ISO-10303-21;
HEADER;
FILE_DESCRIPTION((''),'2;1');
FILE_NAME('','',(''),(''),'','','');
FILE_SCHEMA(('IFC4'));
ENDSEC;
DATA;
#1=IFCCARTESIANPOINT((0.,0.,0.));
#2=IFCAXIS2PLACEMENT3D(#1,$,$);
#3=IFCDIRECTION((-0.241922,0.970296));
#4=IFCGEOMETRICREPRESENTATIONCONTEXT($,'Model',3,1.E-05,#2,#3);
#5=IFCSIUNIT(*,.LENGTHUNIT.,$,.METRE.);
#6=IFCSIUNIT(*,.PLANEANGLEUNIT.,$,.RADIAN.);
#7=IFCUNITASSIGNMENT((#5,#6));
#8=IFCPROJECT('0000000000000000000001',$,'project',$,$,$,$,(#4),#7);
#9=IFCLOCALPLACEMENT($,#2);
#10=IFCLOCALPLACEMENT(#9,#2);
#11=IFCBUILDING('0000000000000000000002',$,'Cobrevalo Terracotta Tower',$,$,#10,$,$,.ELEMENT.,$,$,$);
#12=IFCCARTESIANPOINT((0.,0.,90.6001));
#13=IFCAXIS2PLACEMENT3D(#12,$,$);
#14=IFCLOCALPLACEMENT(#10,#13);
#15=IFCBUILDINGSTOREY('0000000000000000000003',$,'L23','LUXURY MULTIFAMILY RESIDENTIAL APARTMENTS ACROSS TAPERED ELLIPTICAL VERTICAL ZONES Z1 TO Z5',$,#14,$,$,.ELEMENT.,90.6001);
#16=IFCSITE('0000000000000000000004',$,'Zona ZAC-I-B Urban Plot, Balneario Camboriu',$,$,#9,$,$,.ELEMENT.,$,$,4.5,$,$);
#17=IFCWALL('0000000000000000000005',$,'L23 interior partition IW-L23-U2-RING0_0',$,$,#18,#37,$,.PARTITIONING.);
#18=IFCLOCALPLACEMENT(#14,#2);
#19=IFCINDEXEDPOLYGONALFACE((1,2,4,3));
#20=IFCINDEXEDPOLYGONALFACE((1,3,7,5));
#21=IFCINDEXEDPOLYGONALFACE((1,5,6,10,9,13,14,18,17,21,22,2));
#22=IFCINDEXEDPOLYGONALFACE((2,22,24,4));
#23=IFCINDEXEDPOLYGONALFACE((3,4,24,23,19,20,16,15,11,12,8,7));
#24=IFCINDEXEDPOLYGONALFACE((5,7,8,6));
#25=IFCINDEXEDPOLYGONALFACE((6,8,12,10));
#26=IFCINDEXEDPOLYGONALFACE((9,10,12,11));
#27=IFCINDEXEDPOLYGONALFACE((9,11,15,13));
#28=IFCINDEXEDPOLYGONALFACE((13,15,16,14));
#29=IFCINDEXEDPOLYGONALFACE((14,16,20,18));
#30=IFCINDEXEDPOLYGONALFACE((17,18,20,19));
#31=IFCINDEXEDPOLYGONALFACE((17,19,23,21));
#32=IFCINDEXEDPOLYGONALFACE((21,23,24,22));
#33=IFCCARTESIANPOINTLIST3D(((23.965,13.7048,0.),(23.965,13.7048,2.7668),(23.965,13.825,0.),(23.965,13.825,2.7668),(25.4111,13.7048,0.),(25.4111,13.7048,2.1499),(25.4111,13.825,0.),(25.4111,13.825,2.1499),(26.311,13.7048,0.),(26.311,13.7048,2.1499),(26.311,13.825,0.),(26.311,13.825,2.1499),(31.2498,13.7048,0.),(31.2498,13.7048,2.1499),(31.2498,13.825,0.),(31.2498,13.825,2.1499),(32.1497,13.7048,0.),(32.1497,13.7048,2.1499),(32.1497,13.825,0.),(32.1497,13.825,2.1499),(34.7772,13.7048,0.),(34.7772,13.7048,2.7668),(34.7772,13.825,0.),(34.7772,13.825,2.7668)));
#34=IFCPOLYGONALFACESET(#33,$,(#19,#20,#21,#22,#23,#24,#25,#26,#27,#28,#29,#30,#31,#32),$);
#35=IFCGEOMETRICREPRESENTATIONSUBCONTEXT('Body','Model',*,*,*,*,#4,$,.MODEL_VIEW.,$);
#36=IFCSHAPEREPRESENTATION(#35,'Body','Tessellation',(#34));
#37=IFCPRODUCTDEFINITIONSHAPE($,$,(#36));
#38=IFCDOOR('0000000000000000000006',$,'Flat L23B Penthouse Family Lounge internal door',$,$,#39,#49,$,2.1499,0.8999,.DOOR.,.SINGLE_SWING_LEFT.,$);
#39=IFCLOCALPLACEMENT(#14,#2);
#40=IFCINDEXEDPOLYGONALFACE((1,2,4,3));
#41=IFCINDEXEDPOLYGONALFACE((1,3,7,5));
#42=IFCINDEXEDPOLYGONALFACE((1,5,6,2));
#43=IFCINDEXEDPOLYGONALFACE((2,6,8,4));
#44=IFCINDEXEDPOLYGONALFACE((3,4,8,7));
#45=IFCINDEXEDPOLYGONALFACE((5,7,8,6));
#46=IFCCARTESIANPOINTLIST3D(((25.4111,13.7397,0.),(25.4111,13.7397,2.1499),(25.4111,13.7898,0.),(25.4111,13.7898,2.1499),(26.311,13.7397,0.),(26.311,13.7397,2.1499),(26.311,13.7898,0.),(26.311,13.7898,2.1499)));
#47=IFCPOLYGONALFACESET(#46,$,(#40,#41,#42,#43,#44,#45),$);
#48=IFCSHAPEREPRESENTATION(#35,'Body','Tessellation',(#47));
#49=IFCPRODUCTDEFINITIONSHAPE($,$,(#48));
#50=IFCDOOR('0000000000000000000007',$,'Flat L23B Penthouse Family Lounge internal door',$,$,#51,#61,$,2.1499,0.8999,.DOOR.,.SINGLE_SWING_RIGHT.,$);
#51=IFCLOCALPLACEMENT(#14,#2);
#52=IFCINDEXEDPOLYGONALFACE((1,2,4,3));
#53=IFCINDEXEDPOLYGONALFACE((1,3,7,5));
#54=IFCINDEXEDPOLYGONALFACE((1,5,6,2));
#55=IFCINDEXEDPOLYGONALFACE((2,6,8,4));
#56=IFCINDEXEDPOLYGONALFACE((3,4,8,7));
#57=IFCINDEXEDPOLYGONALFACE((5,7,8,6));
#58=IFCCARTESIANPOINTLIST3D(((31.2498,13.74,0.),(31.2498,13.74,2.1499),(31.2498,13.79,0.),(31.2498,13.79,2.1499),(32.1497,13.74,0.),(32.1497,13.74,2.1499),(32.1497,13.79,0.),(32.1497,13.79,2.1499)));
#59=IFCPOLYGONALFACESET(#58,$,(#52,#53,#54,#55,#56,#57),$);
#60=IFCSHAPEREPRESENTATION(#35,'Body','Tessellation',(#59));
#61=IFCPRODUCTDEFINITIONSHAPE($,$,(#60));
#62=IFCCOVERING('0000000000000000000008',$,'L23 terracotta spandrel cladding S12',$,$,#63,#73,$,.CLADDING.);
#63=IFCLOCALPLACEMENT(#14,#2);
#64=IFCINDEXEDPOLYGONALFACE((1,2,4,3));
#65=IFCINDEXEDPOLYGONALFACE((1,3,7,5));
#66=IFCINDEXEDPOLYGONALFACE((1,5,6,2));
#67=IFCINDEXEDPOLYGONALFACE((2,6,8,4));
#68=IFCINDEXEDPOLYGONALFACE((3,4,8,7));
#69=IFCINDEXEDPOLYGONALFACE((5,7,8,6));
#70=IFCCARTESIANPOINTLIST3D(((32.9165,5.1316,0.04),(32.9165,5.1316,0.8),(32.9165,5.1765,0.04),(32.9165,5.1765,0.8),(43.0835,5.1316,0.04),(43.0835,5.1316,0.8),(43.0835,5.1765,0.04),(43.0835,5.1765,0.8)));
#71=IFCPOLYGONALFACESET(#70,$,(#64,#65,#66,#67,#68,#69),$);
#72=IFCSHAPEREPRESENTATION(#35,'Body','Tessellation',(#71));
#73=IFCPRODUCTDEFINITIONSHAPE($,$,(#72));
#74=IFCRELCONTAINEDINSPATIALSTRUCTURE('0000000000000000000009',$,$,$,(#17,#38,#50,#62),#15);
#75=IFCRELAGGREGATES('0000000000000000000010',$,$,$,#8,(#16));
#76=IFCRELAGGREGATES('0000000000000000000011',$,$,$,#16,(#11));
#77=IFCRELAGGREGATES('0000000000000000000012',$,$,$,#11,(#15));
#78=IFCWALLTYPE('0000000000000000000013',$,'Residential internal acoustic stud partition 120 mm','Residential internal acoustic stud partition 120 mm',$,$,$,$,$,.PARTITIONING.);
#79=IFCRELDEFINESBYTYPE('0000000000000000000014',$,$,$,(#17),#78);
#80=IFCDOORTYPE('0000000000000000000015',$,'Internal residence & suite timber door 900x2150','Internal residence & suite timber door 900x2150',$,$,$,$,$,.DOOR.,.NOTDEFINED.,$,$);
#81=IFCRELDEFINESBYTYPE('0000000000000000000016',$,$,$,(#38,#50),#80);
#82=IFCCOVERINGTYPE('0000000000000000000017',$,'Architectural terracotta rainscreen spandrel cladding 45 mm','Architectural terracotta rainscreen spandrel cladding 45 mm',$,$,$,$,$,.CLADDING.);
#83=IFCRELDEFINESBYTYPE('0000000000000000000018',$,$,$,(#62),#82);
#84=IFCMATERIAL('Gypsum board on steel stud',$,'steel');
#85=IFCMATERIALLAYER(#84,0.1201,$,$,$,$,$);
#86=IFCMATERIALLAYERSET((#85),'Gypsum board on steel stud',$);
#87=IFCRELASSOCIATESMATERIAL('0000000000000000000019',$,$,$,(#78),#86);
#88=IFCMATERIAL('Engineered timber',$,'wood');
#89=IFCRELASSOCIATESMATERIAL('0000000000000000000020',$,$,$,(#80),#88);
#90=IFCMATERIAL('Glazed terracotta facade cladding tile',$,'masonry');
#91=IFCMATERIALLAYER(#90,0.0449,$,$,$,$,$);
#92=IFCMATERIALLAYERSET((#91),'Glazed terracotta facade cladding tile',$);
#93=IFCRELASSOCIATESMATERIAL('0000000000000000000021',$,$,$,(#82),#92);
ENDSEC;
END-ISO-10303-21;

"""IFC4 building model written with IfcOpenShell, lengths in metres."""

from ifc_helpers import new_model, si_unit, direction, frame, frame_2d, origin, origin_2d, place, context, subcontext, project, spatial, rectangle, extrude, source, transform, mapped, material, layer, layer_set, type_object, element, fill, save


model = new_model("IFC4")

# Units and contexts
model_context = context("Model", 3, precision=1e-05, world=origin(), true_north=direction((-0.241922, 0.970296)))
body_context = subcontext(model_context, "Body", "Model", "MODEL_VIEW")
ifc_project = project(units=[si_unit("LENGTHUNIT", "METRE"), si_unit("PLANEANGLEUNIT", "RADIAN")], contexts=[model_context])

# Site, building, storey
site_placement = place(None, origin())
site = spatial("IfcSite", under=ifc_project, at=site_placement, Name="Zona ZAC-I-B Urban Plot, Balneario Camboriu", CompositionType="ELEMENT", RefElevation=4.5)
building_placement = place(site_placement, origin())
building = spatial("IfcBuilding", under=site, at=building_placement, Name="Cobrevalo Terracotta Tower", CompositionType="ELEMENT")
storey_placement = place(building_placement, frame((0.0, 0.0, 90.6001)))
storey = spatial("IfcBuildingStorey", under=building, at=storey_placement, Name="L23", Description="LUXURY MULTIFAMILY RESIDENTIAL APARTMENTS ACROSS TAPERED ELLIPTICAL VERTICAL ZONES Z1 TO Z5", CompositionType="ELEMENT", Elevation=90.6001)

# Wall, openings, doors
ifc_material_1 = material(Name="Gypsum board on steel stud", Category="steel")
ifc_layer_1 = layer(ifc_material_1, 0.1201)
ifc_layer_set_1 = layer_set([ifc_layer_1], Name="Gypsum board on steel stud")
wall_type_1 = type_object("IfcWallType", Name="Residential internal acoustic stud partition 120 mm", Description="Residential internal acoustic stud partition 120 mm", PredefinedType="PARTITIONING", material=ifc_layer_set_1)
wall_1_placement = place(storey_placement, frame((34.7773, 13.7649, 0.0), z_axis=(0.0, 0.0, 1.0), x_axis=(-1.0, 0.0, 0.0)))
wall_1 = element("IfcWall", 1, at=wall_1_placement, inside=storey, type_object=wall_type_1, Name="L23 interior partition IW-L23-U2-RING0_0", PredefinedType="PARTITIONING", context=body_context, shape_type="SweptSolid", body=[
    extrude(rectangle(XDim=10.8123, YDim=0.1201, at=frame_2d((5.4062, 0.0))), origin(), (0.0, 0.0, 1.0), 2.7668),
])
opening_1_placement = place(wall_1_placement, frame((8.4663, 0.0, 0.0)))
opening_1 = element("IfcOpeningElement", 2, at=opening_1_placement, cuts=wall_1, PredefinedType="OPENING", context=body_context, shape_type="SweptSolid", body=[
    extrude(rectangle(XDim=0.8999, YDim=2.1499, at=frame_2d((0.45, 1.075))), frame((0.0, 0.0701, 0.0), z_axis=(0.0, -1.0, 0.0), x_axis=(1.0, 0.0, 0.0)), (0.0, 0.0, 1.0), 0.1401),
])
opening_2_placement = place(wall_1_placement, frame((2.6277, 0.0, 0.0)))
opening_2 = element("IfcOpeningElement", 3, at=opening_2_placement, cuts=wall_1, PredefinedType="OPENING", context=body_context, shape_type="SweptSolid", body=[
    extrude(rectangle(XDim=0.8999, YDim=2.1499, at=frame_2d((0.45, 1.075))), frame((0.0, 0.0701, 0.0), z_axis=(0.0, -1.0, 0.0), x_axis=(1.0, 0.0, 0.0)), (0.0, 0.0, 1.0), 0.1401),
])
ifc_material_2 = material(Name="Engineered timber", Category="wood")
door_type_1 = type_object("IfcDoorType", Name="Internal residence & suite timber door 900x2150", Description="Internal residence & suite timber door 900x2150", OperationType="NOTDEFINED", PredefinedType="DOOR", material=ifc_material_2)
shared_shape_1 = source(origin(), body_context, "Body", "SweptSolid", [
    extrude(rectangle(XDim=0.8999, YDim=2.1499, at=frame_2d((0.45, 1.075))), frame((0.0, 0.0249, 0.0), z_axis=(0.0, -1.0, 0.0), x_axis=(1.0, 0.0, 0.0)), (0.0, 0.0, 1.0), 0.05),
])
door_1_placement = place(opening_1_placement, frame((0.8999, 0.0, 0.0), z_axis=(0.0, 0.0, 1.0), x_axis=(-1.0, 0.0, 0.0)))
door_1 = element("IfcDoor", 4, at=door_1_placement, inside=storey, type_object=door_type_1, Name="Flat L23B Penthouse Family Lounge internal door", OperationType="SINGLE_SWING_LEFT", OverallHeight=2.1499, OverallWidth=0.8999, PredefinedType="DOOR", context=body_context, shape_type="MappedRepresentation", body=[
    mapped(shared_shape_1, transform((0.0, 0.0, 0.0), scale=1.0)),
])
fill(opening_1, door_1)
door_2_placement = place(opening_2_placement, origin())
door_2 = element("IfcDoor", 5, at=door_2_placement, inside=storey, type_object=door_type_1, Name="Flat L23B Penthouse Family Lounge internal door", OperationType="SINGLE_SWING_RIGHT", OverallHeight=2.1499, OverallWidth=0.8999, PredefinedType="DOOR", context=body_context, shape_type="MappedRepresentation", body=[
    mapped(shared_shape_1, transform((0.0, 0.0, 0.0), scale=1.0)),
])
fill(opening_2, door_2)

# Covering
ifc_material_3 = material(Name="Glazed terracotta facade cladding tile", Category="masonry")
ifc_layer_2 = layer(ifc_material_3, 0.0449)
ifc_layer_set_2 = layer_set([ifc_layer_2], Name="Glazed terracotta facade cladding tile")
covering_type = type_object("IfcCoveringType", Name="Architectural terracotta rainscreen spandrel cladding 45 mm", Description="Architectural terracotta rainscreen spandrel cladding 45 mm", PredefinedType="CLADDING", material=ifc_layer_set_2)
shared_shape_2 = source(origin(), body_context, "Body", "SweptSolid", [
    extrude(rectangle(XDim=10.167, YDim=0.0449, at=origin_2d()), origin(), (0.0, 0.0, 1.0), 0.76),
])
covering_placement = place(storey_placement, frame((38.0, 5.1541, 0.04), z_axis=(0.0, 0.0, 1.0), x_axis=(1.0, 0.0, 0.0)))
element("IfcCovering", 6, at=covering_placement, inside=storey, type_object=covering_type, Name="L23 terracotta spandrel cladding S12", PredefinedType="CLADDING", context=body_context, shape_type="MappedRepresentation", body=[
    mapped(shared_shape_2, transform((0.0, 0.0, 0.0), scale=1.0)),
])

save(model, "model.ifc")
